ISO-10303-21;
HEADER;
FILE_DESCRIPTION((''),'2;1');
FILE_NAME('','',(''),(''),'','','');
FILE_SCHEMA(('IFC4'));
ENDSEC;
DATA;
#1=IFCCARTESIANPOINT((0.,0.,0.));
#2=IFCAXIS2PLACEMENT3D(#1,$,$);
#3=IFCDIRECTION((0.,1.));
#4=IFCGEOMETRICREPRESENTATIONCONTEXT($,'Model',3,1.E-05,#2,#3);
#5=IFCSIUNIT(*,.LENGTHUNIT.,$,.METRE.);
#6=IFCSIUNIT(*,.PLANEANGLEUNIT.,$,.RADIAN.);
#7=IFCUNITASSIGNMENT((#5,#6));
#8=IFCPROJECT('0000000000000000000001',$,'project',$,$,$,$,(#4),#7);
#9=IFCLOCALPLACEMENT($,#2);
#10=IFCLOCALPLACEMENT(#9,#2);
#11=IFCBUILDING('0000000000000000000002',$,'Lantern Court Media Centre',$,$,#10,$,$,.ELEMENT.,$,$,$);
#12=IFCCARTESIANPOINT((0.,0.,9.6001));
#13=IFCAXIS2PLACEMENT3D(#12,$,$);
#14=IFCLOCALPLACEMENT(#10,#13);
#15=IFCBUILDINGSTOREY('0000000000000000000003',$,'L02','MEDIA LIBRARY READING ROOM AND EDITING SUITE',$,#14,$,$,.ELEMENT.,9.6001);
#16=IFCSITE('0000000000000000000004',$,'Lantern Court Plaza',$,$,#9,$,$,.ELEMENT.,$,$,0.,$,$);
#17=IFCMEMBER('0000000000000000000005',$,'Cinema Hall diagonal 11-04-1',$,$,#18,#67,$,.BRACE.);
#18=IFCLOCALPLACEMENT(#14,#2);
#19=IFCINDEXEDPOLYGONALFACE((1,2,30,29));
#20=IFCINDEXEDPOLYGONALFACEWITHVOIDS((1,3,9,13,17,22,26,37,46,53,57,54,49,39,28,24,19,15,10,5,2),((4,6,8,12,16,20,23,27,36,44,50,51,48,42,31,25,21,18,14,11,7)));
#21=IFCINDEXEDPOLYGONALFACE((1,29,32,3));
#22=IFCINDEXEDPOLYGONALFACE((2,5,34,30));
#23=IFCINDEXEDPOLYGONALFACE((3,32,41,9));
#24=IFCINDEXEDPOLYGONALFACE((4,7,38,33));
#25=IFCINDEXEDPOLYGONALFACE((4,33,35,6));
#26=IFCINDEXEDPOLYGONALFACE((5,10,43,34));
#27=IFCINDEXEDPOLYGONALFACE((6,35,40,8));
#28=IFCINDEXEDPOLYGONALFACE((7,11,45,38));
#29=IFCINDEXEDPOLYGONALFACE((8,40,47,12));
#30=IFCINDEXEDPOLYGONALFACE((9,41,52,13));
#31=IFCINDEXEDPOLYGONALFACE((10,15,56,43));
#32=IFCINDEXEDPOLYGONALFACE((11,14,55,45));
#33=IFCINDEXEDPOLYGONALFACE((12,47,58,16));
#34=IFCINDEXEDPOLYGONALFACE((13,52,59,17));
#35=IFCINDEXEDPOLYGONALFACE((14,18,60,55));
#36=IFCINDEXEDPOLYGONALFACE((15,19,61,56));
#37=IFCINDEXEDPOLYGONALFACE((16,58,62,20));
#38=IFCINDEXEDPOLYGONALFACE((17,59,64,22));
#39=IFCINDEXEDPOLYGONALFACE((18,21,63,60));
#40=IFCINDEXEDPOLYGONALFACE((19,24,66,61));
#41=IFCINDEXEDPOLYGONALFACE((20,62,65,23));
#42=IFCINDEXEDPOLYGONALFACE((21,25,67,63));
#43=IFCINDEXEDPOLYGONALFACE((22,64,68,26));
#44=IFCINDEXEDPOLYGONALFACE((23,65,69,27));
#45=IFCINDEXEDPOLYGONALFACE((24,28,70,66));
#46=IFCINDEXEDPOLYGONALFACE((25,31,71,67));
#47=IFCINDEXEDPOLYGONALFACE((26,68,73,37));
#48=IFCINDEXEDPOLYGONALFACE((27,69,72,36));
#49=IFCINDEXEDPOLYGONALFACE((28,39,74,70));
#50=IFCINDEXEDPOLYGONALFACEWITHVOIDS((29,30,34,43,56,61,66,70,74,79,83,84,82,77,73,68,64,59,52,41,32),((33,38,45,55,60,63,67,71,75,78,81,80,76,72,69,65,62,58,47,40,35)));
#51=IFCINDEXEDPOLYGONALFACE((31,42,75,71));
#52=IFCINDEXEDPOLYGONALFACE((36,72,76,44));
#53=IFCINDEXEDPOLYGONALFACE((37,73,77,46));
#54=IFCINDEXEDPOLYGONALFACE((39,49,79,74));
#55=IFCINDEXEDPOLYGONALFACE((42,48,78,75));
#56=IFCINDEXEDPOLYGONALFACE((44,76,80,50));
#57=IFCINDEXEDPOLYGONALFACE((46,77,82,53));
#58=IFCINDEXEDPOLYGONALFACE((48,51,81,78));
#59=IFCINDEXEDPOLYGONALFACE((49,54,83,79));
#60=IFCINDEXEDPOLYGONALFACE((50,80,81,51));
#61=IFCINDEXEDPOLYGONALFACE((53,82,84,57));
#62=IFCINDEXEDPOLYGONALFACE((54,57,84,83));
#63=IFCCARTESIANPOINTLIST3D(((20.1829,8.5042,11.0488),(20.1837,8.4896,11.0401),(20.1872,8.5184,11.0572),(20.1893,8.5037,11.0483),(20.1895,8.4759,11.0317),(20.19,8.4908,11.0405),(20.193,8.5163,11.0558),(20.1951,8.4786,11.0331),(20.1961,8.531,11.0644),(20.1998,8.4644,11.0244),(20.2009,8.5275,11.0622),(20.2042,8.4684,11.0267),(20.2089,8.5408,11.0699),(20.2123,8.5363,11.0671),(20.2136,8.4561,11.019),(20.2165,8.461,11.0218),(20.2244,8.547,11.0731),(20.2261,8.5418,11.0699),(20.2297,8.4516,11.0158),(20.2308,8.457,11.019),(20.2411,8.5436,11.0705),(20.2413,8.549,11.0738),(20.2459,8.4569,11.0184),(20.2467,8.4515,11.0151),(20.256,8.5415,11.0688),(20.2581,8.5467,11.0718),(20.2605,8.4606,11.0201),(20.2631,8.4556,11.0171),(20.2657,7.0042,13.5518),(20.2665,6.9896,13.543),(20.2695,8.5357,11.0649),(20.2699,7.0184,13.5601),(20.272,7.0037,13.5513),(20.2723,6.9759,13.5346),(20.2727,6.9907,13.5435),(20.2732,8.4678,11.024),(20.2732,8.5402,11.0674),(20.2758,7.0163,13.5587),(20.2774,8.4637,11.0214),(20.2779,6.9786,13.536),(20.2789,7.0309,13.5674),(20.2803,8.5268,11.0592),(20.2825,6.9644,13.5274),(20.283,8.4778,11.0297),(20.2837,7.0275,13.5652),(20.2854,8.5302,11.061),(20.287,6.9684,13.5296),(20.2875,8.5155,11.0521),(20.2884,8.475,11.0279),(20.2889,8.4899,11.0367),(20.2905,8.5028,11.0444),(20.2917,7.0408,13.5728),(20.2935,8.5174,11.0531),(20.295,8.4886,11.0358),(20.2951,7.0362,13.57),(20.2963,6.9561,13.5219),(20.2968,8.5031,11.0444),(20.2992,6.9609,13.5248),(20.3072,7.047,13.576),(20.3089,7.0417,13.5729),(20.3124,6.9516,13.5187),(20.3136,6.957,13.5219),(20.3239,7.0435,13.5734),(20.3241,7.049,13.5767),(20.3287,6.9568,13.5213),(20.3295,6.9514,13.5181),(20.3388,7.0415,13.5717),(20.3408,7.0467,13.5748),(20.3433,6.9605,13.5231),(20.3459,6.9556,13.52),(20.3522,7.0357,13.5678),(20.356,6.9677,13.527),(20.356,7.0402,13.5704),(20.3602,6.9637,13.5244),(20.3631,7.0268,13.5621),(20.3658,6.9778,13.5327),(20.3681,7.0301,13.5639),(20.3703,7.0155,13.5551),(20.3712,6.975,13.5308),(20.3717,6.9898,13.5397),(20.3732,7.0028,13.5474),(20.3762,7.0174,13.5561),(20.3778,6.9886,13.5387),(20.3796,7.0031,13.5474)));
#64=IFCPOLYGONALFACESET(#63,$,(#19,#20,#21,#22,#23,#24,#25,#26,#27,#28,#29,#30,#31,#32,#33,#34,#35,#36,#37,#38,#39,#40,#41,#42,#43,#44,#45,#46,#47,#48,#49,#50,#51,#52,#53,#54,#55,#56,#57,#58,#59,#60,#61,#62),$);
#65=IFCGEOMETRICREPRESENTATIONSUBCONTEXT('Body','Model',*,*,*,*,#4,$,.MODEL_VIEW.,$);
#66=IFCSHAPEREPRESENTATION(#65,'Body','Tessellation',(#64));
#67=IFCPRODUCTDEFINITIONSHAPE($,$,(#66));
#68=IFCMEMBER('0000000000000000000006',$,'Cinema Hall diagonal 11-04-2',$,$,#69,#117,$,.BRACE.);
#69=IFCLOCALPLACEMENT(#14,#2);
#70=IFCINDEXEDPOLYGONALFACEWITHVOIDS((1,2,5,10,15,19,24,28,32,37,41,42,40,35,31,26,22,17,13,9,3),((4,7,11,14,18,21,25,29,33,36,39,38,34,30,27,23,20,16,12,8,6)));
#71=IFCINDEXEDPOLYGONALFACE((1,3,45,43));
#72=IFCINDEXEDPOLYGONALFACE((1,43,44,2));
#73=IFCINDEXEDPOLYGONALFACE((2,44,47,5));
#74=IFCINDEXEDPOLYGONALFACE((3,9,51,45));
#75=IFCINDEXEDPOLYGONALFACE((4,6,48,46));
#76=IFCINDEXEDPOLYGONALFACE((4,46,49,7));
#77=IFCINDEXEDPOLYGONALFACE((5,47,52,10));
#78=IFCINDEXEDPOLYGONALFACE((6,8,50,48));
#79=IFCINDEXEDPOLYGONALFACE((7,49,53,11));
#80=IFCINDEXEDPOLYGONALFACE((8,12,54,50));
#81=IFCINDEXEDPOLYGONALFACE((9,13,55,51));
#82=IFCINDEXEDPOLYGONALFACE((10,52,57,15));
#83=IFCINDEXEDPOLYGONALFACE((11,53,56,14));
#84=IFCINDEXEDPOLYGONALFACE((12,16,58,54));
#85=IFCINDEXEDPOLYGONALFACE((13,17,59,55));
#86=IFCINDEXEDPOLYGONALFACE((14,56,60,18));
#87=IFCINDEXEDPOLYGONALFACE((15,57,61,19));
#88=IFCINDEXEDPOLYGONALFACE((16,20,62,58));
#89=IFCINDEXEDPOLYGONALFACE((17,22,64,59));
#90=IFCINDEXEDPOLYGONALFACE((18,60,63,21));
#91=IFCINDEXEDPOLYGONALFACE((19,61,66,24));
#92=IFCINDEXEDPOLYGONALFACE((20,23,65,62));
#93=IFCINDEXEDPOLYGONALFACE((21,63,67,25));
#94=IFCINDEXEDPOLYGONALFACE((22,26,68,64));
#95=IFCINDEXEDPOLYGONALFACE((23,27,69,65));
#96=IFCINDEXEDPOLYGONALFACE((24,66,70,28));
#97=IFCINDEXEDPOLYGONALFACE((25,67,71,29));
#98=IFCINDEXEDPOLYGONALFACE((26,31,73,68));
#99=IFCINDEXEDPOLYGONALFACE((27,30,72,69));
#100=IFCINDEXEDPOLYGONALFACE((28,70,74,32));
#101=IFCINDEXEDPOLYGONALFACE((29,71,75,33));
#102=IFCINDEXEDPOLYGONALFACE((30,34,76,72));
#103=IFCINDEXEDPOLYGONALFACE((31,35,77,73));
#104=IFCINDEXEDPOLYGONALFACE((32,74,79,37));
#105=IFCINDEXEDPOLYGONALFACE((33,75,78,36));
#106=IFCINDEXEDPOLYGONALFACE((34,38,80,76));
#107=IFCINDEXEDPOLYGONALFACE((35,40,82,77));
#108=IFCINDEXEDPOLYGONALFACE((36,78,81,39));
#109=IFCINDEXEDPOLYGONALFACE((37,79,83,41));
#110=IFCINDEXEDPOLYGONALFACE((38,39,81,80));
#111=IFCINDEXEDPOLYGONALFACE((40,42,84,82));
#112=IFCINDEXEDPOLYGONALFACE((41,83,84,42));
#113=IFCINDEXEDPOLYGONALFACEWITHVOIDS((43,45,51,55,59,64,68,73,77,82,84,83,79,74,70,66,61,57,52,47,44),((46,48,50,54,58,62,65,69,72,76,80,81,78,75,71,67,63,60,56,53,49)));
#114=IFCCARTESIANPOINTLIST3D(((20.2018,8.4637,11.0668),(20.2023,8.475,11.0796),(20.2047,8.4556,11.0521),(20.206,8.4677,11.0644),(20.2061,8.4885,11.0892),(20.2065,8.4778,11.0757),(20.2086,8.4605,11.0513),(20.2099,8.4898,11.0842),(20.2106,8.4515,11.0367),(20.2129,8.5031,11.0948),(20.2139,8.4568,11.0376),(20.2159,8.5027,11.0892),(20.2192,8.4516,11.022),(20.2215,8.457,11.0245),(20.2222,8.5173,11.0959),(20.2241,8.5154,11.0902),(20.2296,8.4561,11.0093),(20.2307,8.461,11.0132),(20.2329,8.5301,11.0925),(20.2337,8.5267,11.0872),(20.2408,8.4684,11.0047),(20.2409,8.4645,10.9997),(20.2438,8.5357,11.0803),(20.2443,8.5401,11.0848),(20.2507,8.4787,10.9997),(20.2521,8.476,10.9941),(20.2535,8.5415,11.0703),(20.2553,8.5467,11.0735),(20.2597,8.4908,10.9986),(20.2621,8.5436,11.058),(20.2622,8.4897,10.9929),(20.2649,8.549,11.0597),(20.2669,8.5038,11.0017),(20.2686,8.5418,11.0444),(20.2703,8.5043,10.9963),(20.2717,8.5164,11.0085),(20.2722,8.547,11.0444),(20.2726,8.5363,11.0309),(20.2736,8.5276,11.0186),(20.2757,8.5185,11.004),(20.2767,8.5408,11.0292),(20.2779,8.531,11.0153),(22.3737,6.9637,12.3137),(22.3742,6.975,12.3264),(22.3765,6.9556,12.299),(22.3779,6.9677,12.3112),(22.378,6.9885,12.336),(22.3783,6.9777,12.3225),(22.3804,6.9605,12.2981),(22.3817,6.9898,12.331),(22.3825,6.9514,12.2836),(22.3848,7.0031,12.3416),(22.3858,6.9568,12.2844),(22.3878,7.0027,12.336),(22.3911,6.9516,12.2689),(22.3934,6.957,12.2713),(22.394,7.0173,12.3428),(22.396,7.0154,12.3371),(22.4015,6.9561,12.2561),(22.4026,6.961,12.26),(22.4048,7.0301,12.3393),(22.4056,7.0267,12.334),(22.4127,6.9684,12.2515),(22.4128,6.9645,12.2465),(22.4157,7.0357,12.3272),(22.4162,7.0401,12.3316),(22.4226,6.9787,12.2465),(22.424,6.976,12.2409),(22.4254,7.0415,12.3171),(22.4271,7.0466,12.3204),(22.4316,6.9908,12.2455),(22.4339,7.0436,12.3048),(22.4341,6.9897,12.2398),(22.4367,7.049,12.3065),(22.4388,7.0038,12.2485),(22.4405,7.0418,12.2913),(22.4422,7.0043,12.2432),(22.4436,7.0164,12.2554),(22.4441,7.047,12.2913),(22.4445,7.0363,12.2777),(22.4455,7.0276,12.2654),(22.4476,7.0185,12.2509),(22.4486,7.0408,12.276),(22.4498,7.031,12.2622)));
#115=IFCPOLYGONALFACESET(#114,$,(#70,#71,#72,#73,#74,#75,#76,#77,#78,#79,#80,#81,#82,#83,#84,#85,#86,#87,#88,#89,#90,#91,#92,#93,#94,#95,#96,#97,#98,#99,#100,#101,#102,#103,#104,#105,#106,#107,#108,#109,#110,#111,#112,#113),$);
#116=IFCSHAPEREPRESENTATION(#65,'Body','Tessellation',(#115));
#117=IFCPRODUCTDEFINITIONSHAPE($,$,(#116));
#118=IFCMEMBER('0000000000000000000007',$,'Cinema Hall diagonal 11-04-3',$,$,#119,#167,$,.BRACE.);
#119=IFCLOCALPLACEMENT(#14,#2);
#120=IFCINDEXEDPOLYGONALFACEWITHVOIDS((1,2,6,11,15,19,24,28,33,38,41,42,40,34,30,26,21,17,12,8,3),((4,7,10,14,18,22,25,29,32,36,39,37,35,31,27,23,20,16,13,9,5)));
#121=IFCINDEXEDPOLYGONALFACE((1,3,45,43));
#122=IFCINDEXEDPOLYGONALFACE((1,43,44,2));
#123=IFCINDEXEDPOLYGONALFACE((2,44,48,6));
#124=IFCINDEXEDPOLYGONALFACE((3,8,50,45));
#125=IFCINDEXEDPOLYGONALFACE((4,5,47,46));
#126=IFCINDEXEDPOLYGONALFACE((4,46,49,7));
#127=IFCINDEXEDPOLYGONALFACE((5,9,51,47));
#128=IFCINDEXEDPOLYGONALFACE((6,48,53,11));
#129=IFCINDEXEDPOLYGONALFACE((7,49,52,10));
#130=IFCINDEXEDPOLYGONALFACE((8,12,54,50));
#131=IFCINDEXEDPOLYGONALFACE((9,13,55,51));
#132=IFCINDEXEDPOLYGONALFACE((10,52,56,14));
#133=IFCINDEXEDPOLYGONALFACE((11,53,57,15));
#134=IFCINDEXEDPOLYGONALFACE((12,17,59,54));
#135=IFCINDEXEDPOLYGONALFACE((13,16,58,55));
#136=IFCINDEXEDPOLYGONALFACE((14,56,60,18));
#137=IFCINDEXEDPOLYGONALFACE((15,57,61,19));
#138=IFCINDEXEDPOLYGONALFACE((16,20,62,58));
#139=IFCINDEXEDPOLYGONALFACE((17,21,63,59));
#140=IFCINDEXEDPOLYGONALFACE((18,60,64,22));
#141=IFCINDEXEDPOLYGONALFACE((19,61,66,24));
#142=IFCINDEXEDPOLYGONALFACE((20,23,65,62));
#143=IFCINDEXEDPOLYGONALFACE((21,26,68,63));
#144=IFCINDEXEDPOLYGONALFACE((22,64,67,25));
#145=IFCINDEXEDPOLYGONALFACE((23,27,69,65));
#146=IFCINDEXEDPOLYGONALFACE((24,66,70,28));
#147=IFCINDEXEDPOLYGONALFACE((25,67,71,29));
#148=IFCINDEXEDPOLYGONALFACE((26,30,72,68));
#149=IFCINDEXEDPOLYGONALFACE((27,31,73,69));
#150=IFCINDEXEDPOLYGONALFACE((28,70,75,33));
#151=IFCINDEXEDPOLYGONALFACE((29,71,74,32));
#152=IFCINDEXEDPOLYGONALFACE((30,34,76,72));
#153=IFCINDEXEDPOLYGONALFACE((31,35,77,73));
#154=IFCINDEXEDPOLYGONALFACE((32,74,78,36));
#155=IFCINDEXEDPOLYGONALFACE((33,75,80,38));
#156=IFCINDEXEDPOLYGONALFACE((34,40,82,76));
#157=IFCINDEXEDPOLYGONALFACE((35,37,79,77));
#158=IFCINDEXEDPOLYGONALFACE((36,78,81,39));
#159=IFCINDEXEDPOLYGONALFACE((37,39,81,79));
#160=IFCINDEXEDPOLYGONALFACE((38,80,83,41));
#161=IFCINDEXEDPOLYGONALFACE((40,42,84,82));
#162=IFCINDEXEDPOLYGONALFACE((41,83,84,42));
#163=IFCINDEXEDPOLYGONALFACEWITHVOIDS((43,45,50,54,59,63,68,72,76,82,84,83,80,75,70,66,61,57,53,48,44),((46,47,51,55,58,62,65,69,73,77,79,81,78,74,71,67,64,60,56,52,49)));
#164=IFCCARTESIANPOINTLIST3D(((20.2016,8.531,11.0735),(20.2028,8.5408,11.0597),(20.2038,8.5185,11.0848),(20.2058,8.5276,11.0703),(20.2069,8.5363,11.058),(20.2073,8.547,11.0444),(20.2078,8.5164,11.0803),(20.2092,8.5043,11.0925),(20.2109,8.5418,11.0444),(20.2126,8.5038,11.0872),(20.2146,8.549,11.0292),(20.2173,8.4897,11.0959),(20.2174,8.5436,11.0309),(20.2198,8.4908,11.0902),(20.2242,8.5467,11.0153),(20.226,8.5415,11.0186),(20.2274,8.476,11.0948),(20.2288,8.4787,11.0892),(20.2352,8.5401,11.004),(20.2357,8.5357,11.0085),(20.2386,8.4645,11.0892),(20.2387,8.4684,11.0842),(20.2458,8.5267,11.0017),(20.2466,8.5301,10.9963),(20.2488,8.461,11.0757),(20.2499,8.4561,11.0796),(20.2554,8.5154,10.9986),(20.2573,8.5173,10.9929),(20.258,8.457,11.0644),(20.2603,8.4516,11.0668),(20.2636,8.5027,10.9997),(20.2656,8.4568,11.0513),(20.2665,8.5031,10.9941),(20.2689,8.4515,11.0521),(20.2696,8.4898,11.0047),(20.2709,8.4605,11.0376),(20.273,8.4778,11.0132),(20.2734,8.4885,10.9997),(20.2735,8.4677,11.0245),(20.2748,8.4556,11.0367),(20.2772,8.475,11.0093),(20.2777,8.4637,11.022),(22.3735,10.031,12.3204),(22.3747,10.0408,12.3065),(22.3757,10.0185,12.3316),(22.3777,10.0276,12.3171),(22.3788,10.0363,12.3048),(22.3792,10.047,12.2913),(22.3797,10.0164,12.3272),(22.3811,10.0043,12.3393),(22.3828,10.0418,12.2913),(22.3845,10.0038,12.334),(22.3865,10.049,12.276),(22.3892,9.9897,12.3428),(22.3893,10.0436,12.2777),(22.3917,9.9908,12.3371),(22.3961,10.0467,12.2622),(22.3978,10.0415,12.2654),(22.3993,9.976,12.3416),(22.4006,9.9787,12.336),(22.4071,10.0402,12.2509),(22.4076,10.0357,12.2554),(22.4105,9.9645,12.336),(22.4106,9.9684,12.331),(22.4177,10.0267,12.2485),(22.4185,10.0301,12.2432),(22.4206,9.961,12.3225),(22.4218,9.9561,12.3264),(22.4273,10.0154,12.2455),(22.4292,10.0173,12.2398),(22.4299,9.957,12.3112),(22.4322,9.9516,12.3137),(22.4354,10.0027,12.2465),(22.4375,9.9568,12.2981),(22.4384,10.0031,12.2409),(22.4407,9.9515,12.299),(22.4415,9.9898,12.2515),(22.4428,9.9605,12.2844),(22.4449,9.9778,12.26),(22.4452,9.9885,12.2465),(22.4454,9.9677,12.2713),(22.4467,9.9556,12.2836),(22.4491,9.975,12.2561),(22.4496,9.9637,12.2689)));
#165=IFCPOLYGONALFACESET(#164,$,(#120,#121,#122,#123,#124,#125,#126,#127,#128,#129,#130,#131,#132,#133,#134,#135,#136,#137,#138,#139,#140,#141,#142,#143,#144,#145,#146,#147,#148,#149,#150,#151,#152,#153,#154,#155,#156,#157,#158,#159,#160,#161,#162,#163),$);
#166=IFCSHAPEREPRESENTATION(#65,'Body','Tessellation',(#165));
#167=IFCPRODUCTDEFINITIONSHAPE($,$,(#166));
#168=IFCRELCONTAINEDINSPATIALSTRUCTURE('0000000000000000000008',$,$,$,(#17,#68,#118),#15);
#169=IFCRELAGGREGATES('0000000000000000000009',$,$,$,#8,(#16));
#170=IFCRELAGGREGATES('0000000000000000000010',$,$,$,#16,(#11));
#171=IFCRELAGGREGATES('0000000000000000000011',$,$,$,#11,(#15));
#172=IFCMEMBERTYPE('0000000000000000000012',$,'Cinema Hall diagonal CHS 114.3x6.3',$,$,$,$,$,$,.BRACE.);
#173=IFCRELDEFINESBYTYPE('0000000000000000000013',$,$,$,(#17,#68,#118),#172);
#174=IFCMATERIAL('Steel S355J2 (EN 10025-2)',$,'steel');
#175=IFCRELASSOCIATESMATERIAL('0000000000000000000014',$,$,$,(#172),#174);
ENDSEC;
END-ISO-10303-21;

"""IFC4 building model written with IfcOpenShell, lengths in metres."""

from ifc_helpers import new_model, si_unit, direction, frame, origin, origin_2d, place, context, subcontext, project, spatial, hollow_circle, extrude, material, material_profile, profile_set, type_object, element, save


model = new_model("IFC4")

# Units and contexts
model_context = context("Model", 3, precision=1e-05, world=origin(), true_north=direction((0.0, 1.0)))
body_context = subcontext(model_context, "Body", "Model", "MODEL_VIEW")
ifc_project = project(units=[si_unit("LENGTHUNIT", "METRE"), si_unit("PLANEANGLEUNIT", "RADIAN")], contexts=[model_context])

# Site, building, storey
site_placement = place(None, origin())
site = spatial("IfcSite", under=ifc_project, at=site_placement, Name="Lantern Court Plaza", CompositionType="ELEMENT", RefElevation=0.0)
building_placement = place(site_placement, origin())
building = spatial("IfcBuilding", under=site, at=building_placement, Name="Lantern Court Media Centre", CompositionType="ELEMENT")
storey_placement = place(building_placement, frame((0.0, 0.0, 9.6001)))
storey = spatial("IfcBuildingStorey", under=building, at=storey_placement, Name="L02", Description="MEDIA LIBRARY READING ROOM AND EDITING SUITE", CompositionType="ELEMENT", Elevation=9.6001)

# Members
ifc_material = material(Name="Steel S355J2 (EN 10025-2)", Category="steel")
ifc_material_profile_1 = material_profile(ifc_material, hollow_circle(Radius=0.0571, WallThickness=0.0063, at=origin_2d()), Name="Cinema Hall diagonal CHS 114.3x6.3")
ifc_profile_set_1 = profile_set([ifc_material_profile_1], Name="Steel S355J2 (EN 10025-2)")
member_type_1 = type_object("IfcMemberType", Name="Cinema Hall diagonal CHS 114.3x6.3", PredefinedType="BRACE", material=ifc_profile_set_1)
for number, where, z_axis, x_axis, name in (
    (1, (20.2397, 8.5, 11.0444), (0.028352, -0.513846, 0.857414), (0.998481, 0.055092, 0.0), "Cinema Hall diagonal 11-04-1"),
    (2, (20.2397, 8.5, 11.0444), (0.744002, -0.513843, 0.427115), (0.568286, 0.822831, 0.0), "Cinema Hall diagonal 11-04-2"),
    (3, (20.2397, 8.5, 11.0444), (0.744002, 0.513843, 0.427115), (-0.568286, 0.822831, 0.0), "Cinema Hall diagonal 11-04-3"),
):
    element("IfcMember", number, at=place(storey_placement, frame(where, z_axis=z_axis, x_axis=x_axis)), inside=storey, type_object=member_type_1, Name=name, PredefinedType="BRACE", context=body_context, shape_type="SweptSolid", body=[
        extrude(hollow_circle(Radius=0.0571, WallThickness=0.0063, at=origin_2d()), origin(), (0.0, 0.0, 1.0), 2.9192),
    ])

save(model, "model.ifc")
